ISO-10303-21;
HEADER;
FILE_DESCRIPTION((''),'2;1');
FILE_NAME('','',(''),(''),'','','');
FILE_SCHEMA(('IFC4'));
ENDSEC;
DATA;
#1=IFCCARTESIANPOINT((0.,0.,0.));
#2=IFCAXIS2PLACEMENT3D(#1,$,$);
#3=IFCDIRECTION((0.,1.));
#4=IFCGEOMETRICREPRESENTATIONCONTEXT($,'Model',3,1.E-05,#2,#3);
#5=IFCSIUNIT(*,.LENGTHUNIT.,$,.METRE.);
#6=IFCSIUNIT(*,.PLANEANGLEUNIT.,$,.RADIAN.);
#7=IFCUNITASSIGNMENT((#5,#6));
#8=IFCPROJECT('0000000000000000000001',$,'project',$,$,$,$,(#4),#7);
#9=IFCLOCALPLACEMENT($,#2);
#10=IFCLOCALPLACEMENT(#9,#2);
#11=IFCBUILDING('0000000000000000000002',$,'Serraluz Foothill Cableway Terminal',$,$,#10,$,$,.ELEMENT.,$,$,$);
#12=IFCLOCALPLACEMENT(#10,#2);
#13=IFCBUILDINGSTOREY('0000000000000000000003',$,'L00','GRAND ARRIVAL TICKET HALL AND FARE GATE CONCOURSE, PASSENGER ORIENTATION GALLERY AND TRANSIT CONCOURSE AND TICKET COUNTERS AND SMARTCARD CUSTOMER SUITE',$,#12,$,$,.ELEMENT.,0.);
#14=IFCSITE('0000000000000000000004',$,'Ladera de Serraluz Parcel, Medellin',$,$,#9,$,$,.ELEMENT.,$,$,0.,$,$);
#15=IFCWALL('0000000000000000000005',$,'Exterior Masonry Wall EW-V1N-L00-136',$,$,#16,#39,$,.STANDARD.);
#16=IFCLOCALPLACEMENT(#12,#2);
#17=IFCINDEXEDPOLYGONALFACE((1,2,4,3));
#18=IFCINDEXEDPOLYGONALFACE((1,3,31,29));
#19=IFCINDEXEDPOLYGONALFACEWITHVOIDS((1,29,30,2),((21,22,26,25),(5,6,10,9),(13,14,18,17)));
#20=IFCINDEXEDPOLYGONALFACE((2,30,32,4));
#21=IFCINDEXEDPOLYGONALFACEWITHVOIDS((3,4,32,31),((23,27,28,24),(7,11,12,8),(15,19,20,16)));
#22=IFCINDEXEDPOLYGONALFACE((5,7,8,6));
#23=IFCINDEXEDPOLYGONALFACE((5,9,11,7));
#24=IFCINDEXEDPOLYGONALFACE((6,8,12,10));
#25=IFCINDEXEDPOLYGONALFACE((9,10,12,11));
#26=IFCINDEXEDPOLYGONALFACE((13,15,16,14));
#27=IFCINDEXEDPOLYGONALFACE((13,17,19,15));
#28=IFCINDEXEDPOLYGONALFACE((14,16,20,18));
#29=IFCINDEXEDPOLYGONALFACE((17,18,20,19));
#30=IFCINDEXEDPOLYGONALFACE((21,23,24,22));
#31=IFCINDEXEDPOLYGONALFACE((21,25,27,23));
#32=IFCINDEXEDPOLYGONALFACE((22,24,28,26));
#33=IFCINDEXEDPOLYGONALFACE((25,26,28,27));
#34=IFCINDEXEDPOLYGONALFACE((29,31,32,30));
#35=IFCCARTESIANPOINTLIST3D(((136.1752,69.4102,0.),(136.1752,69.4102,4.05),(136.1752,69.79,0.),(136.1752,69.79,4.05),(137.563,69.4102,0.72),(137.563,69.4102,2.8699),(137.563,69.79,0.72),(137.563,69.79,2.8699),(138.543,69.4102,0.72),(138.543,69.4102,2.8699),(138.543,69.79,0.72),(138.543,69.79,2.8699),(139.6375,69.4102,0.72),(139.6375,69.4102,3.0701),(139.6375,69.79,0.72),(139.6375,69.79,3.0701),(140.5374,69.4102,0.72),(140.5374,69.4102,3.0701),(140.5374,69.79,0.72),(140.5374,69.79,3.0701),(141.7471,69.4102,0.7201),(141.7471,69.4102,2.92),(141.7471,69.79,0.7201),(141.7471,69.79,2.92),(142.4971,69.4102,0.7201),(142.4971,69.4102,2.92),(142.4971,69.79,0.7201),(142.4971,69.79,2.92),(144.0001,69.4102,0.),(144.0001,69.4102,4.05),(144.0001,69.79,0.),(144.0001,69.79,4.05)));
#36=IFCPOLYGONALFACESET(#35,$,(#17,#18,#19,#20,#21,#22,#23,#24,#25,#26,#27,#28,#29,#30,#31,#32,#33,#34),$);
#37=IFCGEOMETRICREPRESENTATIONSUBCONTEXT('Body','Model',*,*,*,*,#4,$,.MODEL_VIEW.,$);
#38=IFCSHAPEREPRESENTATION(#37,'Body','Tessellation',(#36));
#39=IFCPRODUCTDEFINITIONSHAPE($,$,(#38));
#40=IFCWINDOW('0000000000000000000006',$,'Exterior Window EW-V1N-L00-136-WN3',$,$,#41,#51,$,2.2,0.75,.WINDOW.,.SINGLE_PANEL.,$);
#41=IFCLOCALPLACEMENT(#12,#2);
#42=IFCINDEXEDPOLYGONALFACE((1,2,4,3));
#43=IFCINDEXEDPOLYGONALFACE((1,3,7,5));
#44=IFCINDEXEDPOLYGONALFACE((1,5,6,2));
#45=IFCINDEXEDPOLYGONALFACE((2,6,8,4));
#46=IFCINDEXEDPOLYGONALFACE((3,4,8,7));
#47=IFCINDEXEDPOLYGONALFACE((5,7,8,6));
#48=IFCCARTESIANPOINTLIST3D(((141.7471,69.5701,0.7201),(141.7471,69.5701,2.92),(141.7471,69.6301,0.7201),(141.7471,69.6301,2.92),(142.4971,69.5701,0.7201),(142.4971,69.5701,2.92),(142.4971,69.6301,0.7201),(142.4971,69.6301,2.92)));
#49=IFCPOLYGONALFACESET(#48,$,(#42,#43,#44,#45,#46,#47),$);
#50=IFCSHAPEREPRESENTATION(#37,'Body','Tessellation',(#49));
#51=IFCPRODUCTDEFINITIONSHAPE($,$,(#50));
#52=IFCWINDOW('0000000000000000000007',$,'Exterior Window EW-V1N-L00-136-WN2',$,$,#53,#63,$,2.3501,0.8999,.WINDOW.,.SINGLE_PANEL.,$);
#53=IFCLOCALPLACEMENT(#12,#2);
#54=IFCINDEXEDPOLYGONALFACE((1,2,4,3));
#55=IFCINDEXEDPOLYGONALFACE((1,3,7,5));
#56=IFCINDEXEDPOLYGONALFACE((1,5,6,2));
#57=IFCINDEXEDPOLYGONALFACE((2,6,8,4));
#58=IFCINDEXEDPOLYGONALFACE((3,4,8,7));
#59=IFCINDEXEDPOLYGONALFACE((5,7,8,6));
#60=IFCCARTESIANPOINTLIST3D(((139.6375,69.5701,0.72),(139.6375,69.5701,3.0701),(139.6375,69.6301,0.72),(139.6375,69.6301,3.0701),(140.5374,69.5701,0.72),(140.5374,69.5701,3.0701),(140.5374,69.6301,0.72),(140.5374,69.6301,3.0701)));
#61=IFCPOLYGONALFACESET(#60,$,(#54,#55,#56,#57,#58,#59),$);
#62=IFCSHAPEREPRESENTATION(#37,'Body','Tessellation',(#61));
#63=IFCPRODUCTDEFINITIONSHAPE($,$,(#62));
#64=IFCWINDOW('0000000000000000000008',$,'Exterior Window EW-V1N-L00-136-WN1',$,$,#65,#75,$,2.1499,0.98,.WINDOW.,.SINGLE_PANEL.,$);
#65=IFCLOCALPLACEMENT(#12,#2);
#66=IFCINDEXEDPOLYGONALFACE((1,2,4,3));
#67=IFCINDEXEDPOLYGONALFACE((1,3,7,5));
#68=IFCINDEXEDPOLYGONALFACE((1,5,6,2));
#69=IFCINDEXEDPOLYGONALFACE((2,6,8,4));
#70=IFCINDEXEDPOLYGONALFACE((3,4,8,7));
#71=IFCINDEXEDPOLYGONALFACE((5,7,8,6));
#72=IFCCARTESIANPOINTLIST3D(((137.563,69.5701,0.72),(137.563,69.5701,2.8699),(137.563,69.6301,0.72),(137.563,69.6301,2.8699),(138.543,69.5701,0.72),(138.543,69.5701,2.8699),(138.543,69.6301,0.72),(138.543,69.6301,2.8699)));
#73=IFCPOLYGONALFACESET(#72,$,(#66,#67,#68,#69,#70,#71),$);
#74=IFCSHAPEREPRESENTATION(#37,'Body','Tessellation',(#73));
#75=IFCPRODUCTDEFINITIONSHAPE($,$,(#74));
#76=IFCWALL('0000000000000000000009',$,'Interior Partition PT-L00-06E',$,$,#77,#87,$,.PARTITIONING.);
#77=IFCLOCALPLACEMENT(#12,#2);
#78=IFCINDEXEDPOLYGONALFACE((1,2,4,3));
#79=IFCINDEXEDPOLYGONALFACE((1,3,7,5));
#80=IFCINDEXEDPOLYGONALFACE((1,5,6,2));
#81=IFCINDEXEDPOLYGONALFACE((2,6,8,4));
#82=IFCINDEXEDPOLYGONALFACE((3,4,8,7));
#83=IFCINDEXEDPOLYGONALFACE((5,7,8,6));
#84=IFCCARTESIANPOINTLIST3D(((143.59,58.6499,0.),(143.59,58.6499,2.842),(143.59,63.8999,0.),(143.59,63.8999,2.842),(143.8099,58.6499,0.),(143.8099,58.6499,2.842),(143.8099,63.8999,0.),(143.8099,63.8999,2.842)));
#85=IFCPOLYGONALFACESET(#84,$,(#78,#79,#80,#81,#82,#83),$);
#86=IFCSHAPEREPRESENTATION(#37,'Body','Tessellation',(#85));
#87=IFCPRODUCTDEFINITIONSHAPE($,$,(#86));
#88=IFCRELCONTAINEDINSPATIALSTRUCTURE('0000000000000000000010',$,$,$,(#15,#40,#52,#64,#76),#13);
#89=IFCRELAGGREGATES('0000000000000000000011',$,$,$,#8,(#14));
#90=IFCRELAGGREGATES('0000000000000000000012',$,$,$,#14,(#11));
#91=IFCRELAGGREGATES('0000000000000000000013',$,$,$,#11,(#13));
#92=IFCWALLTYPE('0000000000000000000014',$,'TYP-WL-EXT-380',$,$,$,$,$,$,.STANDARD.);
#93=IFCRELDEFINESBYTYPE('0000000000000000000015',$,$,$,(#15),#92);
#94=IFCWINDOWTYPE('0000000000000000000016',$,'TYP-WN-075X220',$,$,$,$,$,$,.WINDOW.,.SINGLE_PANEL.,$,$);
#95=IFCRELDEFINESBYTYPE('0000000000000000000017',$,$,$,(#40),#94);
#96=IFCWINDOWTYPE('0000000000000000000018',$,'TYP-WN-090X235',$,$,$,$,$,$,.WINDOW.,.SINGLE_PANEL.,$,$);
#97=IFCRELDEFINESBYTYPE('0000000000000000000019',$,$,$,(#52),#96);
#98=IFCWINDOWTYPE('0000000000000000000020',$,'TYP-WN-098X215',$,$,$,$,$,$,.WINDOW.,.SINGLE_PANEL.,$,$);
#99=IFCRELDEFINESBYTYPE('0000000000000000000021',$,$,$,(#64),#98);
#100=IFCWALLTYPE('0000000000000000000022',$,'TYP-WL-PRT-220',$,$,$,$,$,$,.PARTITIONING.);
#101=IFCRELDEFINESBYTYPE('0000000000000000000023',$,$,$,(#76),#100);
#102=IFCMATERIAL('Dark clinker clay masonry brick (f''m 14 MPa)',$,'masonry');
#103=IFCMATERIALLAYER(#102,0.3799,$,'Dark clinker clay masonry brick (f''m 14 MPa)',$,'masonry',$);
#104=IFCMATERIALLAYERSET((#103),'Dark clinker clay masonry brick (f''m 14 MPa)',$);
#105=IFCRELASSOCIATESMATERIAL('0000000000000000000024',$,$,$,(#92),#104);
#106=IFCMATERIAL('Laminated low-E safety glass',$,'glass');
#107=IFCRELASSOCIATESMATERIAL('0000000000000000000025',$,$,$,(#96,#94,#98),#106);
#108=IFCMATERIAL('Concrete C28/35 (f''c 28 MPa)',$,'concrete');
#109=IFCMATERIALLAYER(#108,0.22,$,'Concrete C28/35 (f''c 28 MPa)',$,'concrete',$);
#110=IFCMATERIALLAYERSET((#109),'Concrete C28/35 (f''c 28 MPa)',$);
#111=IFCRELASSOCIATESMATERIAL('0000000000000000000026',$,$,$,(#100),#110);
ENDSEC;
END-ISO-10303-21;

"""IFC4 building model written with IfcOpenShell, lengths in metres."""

from ifc_helpers import new_model, si_unit, direction, frame, frame_2d, origin, place, context, subcontext, project, spatial, rectangle, extrude, material, layer, layer_set, type_object, element, fill, save


model = new_model("IFC4")

# Units and contexts
model_context = context("Model", 3, precision=1e-05, world=origin(), true_north=direction((0.0, 1.0)))
body_context = subcontext(model_context, "Body", "Model", "MODEL_VIEW")
ifc_project = project(units=[si_unit("LENGTHUNIT", "METRE"), si_unit("PLANEANGLEUNIT", "RADIAN")], contexts=[model_context])

# Site, building, storey
site_placement = place(None, origin())
site = spatial("IfcSite", under=ifc_project, at=site_placement, Name="Ladera de Serraluz Parcel, Medellin", CompositionType="ELEMENT", RefElevation=0.0)
building_placement = place(site_placement, origin())
building = spatial("IfcBuilding", under=site, at=building_placement, Name="Serraluz Foothill Cableway Terminal", CompositionType="ELEMENT")
storey_placement = place(building_placement, origin())
storey = spatial("IfcBuildingStorey", under=building, at=storey_placement, Name="L00", Description="GRAND ARRIVAL TICKET HALL AND FARE GATE CONCOURSE, PASSENGER ORIENTATION GALLERY AND TRANSIT CONCOURSE AND TICKET COUNTERS AND SMARTCARD CUSTOMER SUITE", CompositionType="ELEMENT", Elevation=0.0)

# Shared definitions
ifc_material_1 = material(Name="Concrete C28/35 (f'c 28 MPa)", Category="concrete")

# Shared definitions
ifc_material_2 = material(Name="Dark clinker clay masonry brick (f'm 14 MPa)", Category="masonry")

# Shared definitions
ifc_layer_1 = layer(ifc_material_2, 0.3799, Name="Dark clinker clay masonry brick (f'm 14 MPa)", Category="masonry")
ifc_layer_set_1 = layer_set([ifc_layer_1], Name="Dark clinker clay masonry brick (f'm 14 MPa)")
wall_type_1 = type_object("IfcWallType", Name="TYP-WL-EXT-380", PredefinedType="STANDARD", material=ifc_layer_set_1)
ifc_material_3 = material(Name="Laminated low-E safety glass", Category="glass")
window_type_1 = type_object("IfcWindowType", Name="TYP-WN-090X235", PartitioningType="SINGLE_PANEL", PredefinedType="WINDOW", material=ifc_material_3)

# Wall, openings, windows
wall_1_placement = place(storey_placement, frame((136.175, 69.6001, 0.0), z_axis=(0.0, 0.0, 1.0), x_axis=(1.0, 0.0, 0.0)))
wall_1 = element("IfcWall", 1, at=wall_1_placement, inside=storey, type_object=wall_type_1, Name="Exterior Masonry Wall EW-V1N-L00-136", PredefinedType="STANDARD", context=body_context, shape_type="SweptSolid", body=[
    extrude(rectangle(XDim=7.825, YDim=0.3799, at=frame_2d((3.9126, 0.0))), origin(), (0.0, 0.0, 1.0), 4.05),
])
opening_1_placement = place(wall_1_placement, frame((1.3879, 0.0, 0.72)))
opening_1 = element("IfcOpeningElement", 2, at=opening_1_placement, cuts=wall_1, PredefinedType="OPENING", context=body_context, shape_type="SweptSolid", body=[
    extrude(rectangle(XDim=0.98, YDim=2.1499, at=frame_2d((0.49, 1.075))), frame((0.0, 0.2, 0.0), z_axis=(0.0, -1.0, 0.0), x_axis=(1.0, 0.0, 0.0)), (0.0, 0.0, 1.0), 0.3999),
])
opening_2_placement = place(wall_1_placement, frame((3.4624, 0.0, 0.72)))
opening_2 = element("IfcOpeningElement", 3, at=opening_2_placement, cuts=wall_1, PredefinedType="OPENING", context=body_context, shape_type="SweptSolid", body=[
    extrude(rectangle(XDim=0.8999, YDim=2.3501, at=frame_2d((0.45, 1.175))), frame((0.0, 0.2, 0.0), z_axis=(0.0, -1.0, 0.0), x_axis=(1.0, 0.0, 0.0)), (0.0, 0.0, 1.0), 0.3999),
])
opening_3_placement = place(wall_1_placement, frame((5.572, 0.0, 0.72)))
opening_3 = element("IfcOpeningElement", 4, at=opening_3_placement, cuts=wall_1, PredefinedType="OPENING", context=body_context, shape_type="SweptSolid", body=[
    extrude(rectangle(XDim=0.75, YDim=2.2, at=frame_2d((0.375, 1.1001))), frame((0.0, 0.2, 0.0), z_axis=(0.0, -1.0, 0.0), x_axis=(1.0, 0.0, 0.0)), (0.0, 0.0, 1.0), 0.3999),
])
window_type_2 = type_object("IfcWindowType", Name="TYP-WN-075X220", PartitioningType="SINGLE_PANEL", PredefinedType="WINDOW", material=ifc_material_3)
window_1_placement = place(opening_3_placement, origin())
window_1 = element("IfcWindow", 5, at=window_1_placement, inside=storey, type_object=window_type_2, Name="Exterior Window EW-V1N-L00-136-WN3", OverallHeight=2.2, OverallWidth=0.75, PartitioningType="SINGLE_PANEL", PredefinedType="WINDOW", context=body_context, shape_type="SweptSolid", body=[
    extrude(rectangle(XDim=0.75, YDim=2.2, at=frame_2d((0.375, 1.1001))), frame((0.0, 0.03, 0.0), z_axis=(0.0, -1.0, 0.0), x_axis=(1.0, 0.0, 0.0)), (0.0, 0.0, 1.0), 0.0601),
])
fill(opening_3, window_1)
window_2_placement = place(opening_2_placement, origin())
window_2 = element("IfcWindow", 6, at=window_2_placement, inside=storey, type_object=window_type_1, Name="Exterior Window EW-V1N-L00-136-WN2", OverallHeight=2.3501, OverallWidth=0.8999, PartitioningType="SINGLE_PANEL", PredefinedType="WINDOW", context=body_context, shape_type="SweptSolid", body=[
    extrude(rectangle(XDim=0.8999, YDim=2.3501, at=frame_2d((0.45, 1.175))), frame((0.0, 0.03, 0.0), z_axis=(0.0, -1.0, 0.0), x_axis=(1.0, 0.0, 0.0)), (0.0, 0.0, 1.0), 0.0601),
])
fill(opening_2, window_2)
window_type_3 = type_object("IfcWindowType", Name="TYP-WN-098X215", PartitioningType="SINGLE_PANEL", PredefinedType="WINDOW", material=ifc_material_3)
window_3_placement = place(opening_1_placement, origin())
window_3 = element("IfcWindow", 7, at=window_3_placement, inside=storey, type_object=window_type_3, Name="Exterior Window EW-V1N-L00-136-WN1", OverallHeight=2.1499, OverallWidth=0.98, PartitioningType="SINGLE_PANEL", PredefinedType="WINDOW", context=body_context, shape_type="SweptSolid", body=[
    extrude(rectangle(XDim=0.98, YDim=2.1499, at=frame_2d((0.49, 1.075))), frame((0.0, 0.03, 0.0), z_axis=(0.0, -1.0, 0.0), x_axis=(1.0, 0.0, 0.0)), (0.0, 0.0, 1.0), 0.0601),
])
fill(opening_1, window_3)

# Wall
ifc_layer_2 = layer(ifc_material_1, 0.22, Name="Concrete C28/35 (f'c 28 MPa)", Category="concrete")
ifc_layer_set_2 = layer_set([ifc_layer_2], Name="Concrete C28/35 (f'c 28 MPa)")
wall_type_2 = type_object("IfcWallType", Name="TYP-WL-PRT-220", PredefinedType="PARTITIONING", material=ifc_layer_set_2)
wall_2_placement = place(storey_placement, frame((143.7, 58.6499, 0.0), z_axis=(0.0, 0.0, 1.0), x_axis=(0.0, 1.0, 0.0)))
element("IfcWall", 8, at=wall_2_placement, inside=storey, type_object=wall_type_2, Name="Interior Partition PT-L00-06E", PredefinedType="PARTITIONING", context=body_context, shape_type="SweptSolid", body=[
    extrude(rectangle(XDim=5.25, YDim=0.22, at=frame_2d((2.625, 0.0))), origin(), (0.0, 0.0, 1.0), 2.842),
])

save(model, "model.ifc")
